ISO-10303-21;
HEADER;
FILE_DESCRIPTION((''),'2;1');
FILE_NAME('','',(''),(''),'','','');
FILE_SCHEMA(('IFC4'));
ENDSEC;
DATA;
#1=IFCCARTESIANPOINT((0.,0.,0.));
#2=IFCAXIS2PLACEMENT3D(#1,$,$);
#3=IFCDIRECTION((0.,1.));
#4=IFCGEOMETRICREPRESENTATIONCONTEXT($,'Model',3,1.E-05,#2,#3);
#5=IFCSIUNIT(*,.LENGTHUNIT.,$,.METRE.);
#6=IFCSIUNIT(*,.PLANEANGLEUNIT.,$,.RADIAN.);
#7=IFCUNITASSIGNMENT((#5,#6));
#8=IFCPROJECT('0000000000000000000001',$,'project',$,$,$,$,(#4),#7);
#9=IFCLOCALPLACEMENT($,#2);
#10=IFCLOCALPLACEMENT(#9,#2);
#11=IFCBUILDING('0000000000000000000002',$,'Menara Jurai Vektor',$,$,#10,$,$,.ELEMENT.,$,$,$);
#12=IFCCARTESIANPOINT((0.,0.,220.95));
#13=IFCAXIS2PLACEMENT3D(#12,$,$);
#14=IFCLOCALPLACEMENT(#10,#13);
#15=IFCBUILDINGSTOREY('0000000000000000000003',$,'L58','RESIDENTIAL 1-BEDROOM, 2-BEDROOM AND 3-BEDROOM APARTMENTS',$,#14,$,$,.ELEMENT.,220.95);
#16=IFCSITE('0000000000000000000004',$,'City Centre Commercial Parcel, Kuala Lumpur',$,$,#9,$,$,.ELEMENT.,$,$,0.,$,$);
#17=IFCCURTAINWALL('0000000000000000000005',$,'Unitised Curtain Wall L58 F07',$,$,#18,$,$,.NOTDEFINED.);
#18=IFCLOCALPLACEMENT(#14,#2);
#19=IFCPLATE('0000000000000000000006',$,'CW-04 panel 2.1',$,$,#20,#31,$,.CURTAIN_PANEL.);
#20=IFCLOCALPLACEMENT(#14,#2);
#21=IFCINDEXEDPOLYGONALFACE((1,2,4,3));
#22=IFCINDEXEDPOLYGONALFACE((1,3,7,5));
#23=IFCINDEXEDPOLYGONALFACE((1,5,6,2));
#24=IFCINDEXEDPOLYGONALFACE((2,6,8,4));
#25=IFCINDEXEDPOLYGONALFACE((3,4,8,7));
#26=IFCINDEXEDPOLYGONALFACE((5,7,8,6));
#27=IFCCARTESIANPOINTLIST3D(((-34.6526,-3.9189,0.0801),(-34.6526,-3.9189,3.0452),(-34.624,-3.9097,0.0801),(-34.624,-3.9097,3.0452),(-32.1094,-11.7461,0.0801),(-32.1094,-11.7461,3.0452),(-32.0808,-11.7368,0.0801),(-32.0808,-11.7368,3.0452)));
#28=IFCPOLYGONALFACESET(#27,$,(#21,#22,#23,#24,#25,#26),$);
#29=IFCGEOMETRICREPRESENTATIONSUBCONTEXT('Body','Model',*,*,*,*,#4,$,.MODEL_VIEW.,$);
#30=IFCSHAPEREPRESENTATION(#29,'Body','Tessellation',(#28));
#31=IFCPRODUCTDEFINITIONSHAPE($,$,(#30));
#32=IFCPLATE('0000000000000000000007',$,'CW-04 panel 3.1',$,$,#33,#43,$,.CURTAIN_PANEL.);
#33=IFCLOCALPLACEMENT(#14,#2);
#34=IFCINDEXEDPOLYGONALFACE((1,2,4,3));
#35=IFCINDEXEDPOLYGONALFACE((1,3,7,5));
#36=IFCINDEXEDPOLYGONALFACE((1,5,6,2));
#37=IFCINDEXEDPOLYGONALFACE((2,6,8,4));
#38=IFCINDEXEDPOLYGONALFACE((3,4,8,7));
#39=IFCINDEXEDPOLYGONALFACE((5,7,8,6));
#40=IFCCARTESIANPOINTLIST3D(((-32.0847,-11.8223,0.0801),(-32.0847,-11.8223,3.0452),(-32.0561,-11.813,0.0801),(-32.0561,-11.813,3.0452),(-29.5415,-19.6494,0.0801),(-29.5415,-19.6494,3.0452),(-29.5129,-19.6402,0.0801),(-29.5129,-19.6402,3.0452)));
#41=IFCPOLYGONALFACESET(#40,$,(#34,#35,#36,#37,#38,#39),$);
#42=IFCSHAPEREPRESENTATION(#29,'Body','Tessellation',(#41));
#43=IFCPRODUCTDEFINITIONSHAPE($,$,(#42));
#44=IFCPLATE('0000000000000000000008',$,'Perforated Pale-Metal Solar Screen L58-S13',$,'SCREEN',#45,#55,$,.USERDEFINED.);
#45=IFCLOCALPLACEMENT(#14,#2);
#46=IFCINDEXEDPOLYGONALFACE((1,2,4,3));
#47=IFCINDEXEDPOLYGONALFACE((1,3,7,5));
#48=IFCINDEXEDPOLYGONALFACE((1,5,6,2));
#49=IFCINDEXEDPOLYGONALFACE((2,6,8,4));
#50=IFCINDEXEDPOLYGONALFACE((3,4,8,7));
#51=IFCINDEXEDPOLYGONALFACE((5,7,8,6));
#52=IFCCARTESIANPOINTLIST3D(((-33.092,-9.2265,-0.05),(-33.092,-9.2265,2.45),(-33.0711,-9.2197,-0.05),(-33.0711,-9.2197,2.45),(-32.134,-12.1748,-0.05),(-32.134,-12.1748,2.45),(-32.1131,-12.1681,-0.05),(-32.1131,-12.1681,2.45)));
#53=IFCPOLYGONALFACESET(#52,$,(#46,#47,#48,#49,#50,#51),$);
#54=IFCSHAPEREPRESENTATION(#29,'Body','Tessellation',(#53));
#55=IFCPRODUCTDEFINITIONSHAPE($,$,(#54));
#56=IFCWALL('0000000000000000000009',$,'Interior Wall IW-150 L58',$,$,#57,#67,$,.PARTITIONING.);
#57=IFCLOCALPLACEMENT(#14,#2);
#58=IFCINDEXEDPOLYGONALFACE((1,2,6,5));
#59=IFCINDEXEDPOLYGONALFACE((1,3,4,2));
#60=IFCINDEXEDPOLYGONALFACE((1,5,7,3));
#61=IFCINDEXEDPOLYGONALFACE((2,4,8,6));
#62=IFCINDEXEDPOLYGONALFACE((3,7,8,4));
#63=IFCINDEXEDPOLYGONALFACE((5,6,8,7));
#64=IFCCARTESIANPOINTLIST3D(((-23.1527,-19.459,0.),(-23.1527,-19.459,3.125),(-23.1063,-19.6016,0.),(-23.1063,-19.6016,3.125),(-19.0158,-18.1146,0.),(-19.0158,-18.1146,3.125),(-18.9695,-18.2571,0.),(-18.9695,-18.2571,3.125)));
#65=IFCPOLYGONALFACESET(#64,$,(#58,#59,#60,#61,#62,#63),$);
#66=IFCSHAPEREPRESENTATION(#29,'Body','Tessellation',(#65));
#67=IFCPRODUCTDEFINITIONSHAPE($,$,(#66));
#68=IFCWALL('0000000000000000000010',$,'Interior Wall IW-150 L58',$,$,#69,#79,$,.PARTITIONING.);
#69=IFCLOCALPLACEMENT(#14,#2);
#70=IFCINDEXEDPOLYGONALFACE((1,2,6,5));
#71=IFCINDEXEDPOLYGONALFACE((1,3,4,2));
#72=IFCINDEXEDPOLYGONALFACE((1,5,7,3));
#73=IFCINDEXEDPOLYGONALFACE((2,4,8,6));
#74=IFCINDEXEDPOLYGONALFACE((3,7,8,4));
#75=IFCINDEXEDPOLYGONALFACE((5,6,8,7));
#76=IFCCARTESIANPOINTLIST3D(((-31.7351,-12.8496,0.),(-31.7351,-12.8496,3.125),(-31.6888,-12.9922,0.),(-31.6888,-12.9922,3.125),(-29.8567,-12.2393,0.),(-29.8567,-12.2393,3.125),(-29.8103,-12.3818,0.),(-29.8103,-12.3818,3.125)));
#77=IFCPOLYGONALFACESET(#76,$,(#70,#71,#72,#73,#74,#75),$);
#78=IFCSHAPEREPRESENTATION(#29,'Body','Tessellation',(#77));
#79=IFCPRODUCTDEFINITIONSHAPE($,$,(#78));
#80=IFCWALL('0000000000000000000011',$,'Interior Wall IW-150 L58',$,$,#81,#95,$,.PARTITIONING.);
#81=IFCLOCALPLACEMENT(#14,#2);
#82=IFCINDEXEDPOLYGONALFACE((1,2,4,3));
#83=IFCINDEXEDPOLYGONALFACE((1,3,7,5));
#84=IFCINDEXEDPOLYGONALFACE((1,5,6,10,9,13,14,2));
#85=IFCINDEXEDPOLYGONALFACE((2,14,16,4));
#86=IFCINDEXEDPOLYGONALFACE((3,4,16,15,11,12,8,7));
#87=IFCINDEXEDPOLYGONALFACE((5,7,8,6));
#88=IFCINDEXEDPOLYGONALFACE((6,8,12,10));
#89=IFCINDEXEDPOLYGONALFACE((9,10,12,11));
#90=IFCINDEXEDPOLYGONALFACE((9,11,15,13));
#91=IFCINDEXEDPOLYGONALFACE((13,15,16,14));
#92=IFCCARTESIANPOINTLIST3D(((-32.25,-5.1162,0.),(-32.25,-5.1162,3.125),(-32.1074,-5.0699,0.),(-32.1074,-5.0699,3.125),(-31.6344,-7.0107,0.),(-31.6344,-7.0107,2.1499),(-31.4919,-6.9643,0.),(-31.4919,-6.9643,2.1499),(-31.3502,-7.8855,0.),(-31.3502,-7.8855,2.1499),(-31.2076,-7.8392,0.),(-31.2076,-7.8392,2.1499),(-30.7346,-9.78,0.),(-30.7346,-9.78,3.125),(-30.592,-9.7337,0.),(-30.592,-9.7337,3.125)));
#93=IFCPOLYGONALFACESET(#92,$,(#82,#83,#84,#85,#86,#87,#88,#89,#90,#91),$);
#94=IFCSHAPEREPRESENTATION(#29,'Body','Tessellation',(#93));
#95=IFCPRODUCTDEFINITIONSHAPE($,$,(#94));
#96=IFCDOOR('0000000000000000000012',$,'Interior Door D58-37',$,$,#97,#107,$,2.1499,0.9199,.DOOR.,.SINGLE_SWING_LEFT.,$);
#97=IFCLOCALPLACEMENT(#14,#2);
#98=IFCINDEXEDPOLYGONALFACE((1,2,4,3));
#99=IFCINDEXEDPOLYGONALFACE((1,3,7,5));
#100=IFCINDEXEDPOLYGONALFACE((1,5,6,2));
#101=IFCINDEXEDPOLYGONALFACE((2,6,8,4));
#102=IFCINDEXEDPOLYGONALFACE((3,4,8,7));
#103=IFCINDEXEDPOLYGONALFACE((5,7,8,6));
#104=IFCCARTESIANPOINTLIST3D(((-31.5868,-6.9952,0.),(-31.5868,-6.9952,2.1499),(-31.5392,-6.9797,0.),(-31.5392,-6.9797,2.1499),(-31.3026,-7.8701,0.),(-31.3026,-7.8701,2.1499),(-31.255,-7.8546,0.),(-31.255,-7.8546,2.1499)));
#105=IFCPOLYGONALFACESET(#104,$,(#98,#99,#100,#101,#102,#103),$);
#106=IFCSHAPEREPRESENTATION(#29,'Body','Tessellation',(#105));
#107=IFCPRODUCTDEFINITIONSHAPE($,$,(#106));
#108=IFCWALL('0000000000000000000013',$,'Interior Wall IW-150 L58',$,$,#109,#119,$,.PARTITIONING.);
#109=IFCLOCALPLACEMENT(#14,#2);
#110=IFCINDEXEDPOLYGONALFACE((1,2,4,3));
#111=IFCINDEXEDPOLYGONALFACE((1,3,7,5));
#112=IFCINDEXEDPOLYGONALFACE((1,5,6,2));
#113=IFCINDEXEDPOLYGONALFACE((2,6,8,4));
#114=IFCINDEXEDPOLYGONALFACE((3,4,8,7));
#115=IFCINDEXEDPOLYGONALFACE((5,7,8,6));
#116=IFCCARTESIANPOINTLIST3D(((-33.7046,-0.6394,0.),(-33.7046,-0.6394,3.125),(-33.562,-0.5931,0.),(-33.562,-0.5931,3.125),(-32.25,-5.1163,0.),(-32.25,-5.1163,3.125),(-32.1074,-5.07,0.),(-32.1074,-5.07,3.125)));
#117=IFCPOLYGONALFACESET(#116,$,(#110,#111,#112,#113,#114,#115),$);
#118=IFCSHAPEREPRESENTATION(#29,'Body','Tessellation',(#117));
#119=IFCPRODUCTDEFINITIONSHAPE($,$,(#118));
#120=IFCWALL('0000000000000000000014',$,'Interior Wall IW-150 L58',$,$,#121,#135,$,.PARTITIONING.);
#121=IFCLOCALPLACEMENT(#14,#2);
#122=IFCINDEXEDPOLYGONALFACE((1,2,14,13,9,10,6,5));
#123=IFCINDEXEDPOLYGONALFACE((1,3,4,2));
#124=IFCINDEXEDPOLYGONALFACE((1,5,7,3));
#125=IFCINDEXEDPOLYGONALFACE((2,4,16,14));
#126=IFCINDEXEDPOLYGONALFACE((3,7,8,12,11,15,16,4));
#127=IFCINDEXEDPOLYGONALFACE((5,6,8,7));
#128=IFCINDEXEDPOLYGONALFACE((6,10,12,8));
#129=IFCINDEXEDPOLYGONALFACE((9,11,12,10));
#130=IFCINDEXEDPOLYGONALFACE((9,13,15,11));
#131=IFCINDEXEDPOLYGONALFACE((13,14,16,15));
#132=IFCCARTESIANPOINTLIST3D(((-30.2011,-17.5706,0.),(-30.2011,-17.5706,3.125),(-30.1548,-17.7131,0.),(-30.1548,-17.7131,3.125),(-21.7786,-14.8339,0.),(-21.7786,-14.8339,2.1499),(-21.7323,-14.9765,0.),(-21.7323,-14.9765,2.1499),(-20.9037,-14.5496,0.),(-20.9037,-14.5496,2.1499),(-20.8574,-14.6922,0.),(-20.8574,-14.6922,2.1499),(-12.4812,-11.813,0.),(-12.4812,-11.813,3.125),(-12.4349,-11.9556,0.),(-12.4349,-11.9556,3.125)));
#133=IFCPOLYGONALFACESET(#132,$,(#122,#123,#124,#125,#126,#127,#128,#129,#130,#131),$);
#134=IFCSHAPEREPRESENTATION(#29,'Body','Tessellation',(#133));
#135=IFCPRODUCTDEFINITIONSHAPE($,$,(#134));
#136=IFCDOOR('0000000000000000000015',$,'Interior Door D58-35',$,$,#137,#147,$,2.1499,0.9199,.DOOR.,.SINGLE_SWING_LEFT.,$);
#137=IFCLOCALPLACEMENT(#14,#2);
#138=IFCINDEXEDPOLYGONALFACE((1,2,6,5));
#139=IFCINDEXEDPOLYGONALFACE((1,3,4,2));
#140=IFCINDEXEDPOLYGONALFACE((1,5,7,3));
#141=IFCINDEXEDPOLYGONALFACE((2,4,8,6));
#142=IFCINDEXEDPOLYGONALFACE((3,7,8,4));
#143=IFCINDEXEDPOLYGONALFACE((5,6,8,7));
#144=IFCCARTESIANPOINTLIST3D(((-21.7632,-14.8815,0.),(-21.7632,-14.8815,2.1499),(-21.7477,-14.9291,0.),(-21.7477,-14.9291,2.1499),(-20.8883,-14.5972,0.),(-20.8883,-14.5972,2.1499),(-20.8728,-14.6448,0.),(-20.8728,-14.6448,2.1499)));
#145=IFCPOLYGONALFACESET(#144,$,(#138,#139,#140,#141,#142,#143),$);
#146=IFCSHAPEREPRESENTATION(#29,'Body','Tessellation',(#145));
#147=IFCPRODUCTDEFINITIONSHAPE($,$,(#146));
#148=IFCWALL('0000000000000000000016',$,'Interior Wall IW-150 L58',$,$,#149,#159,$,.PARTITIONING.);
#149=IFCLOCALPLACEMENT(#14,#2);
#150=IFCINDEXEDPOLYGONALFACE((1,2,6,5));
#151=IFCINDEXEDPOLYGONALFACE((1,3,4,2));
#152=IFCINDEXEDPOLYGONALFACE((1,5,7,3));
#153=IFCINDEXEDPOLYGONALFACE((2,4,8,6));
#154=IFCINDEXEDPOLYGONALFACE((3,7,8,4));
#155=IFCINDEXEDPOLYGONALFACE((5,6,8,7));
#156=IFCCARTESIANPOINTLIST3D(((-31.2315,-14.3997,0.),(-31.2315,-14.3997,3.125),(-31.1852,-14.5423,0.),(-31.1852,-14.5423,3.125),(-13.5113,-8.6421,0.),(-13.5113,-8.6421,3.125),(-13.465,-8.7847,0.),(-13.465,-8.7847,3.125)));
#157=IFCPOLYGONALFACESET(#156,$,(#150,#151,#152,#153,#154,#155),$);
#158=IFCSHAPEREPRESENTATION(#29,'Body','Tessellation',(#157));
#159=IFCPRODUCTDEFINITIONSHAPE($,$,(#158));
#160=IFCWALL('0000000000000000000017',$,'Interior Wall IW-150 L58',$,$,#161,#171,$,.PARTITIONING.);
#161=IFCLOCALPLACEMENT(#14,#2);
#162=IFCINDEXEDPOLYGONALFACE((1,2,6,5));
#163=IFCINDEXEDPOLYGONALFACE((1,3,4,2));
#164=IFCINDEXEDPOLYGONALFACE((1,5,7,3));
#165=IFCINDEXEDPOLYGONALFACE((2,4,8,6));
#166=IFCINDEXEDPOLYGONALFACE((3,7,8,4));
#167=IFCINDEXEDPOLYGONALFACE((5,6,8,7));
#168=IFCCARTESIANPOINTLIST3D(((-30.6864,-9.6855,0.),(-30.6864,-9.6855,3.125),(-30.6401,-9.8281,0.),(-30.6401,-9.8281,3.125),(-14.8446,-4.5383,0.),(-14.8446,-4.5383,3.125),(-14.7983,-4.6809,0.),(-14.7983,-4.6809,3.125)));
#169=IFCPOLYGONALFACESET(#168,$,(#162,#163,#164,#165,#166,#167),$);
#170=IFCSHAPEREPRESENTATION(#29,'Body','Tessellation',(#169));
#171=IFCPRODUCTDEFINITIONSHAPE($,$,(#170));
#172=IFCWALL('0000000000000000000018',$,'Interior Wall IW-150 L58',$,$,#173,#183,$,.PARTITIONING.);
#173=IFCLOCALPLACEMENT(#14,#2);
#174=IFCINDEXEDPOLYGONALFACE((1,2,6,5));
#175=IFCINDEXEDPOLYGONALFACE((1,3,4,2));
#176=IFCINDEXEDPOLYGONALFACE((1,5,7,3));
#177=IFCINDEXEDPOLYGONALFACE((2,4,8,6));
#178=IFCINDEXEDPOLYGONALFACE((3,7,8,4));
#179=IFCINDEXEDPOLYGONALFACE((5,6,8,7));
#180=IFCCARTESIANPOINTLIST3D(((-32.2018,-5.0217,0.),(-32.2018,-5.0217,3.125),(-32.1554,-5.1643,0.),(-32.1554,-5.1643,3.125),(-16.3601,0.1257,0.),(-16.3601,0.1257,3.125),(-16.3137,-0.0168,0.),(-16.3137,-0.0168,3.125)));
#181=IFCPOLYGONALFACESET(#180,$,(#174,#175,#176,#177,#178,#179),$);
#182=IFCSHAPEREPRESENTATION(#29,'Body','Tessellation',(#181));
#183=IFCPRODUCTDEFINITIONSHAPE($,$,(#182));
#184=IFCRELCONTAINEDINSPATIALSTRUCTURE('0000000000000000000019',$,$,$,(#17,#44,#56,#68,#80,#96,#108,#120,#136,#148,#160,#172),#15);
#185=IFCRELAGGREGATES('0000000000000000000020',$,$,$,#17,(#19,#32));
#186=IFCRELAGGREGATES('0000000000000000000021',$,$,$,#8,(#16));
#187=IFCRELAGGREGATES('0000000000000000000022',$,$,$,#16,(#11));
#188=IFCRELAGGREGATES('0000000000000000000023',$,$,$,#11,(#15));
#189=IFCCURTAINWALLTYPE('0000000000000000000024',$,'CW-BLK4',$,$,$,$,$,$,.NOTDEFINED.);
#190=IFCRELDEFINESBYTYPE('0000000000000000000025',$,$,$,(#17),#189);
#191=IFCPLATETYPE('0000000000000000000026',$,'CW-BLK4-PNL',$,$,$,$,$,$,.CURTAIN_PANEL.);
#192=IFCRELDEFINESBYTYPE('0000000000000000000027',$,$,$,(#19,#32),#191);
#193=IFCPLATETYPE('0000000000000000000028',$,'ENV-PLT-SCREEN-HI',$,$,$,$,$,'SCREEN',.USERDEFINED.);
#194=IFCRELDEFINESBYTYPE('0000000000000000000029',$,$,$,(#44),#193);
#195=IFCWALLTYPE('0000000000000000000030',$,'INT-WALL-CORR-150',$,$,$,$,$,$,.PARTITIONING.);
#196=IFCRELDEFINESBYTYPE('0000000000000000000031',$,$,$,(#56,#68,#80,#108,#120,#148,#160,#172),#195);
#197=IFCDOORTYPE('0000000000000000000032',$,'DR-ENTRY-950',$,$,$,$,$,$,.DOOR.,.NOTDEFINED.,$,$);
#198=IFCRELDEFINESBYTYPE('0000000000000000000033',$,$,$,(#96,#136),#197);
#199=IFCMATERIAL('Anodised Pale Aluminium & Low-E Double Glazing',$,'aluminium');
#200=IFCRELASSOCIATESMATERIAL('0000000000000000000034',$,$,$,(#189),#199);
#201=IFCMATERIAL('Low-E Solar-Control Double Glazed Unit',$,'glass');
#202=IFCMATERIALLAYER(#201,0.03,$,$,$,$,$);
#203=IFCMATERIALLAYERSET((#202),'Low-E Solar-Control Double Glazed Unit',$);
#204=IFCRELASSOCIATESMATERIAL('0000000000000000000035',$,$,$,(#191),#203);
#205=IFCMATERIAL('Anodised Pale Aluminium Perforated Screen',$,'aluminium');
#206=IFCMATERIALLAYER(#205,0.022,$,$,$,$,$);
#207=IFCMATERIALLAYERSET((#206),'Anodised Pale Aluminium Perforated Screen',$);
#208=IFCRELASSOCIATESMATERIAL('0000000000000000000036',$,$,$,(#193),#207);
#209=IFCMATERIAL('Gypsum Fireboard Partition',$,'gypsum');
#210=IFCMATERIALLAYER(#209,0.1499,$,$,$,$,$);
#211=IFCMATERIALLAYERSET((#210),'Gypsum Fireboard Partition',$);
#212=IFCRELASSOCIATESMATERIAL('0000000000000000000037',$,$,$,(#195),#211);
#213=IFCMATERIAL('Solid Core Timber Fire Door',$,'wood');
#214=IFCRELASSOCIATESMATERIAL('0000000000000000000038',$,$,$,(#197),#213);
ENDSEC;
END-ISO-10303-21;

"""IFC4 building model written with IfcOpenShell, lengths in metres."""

from ifc_helpers import new_model, si_unit, direction, frame, frame_2d, origin, origin_2d, place, context, subcontext, project, spatial, rectangle, extrude, material, layer, layer_set, type_object, element, fill, aggregate, save


model = new_model("IFC4")

# Units and contexts
model_context = context("Model", 3, precision=1e-05, world=origin(), true_north=direction((0.0, 1.0)))
body_context = subcontext(model_context, "Body", "Model", "MODEL_VIEW")
ifc_project = project(units=[si_unit("LENGTHUNIT", "METRE"), si_unit("PLANEANGLEUNIT", "RADIAN")], contexts=[model_context])

# Site, building, storey
site_placement = place(None, origin())
site = spatial("IfcSite", under=ifc_project, at=site_placement, Name="City Centre Commercial Parcel, Kuala Lumpur", CompositionType="ELEMENT", RefElevation=0.0)
building_placement = place(site_placement, origin())
building = spatial("IfcBuilding", under=site, at=building_placement, Name="Menara Jurai Vektor", CompositionType="ELEMENT")
storey_placement = place(building_placement, frame((0.0, 0.0, 220.95)))
storey = spatial("IfcBuildingStorey", under=building, at=storey_placement, Name="L58", Description="RESIDENTIAL 1-BEDROOM, 2-BEDROOM AND 3-BEDROOM APARTMENTS", CompositionType="ELEMENT", Elevation=220.95)

# Curtain wall
ifc_material_1 = material(Name="Anodised Pale Aluminium & Low-E Double Glazing", Category="aluminium")
curtain_wall_type = type_object("IfcCurtainWallType", Name="CW-BLK4", PredefinedType="NOTDEFINED", material=ifc_material_1)
curtain_wall_placement = place(storey_placement, origin())
curtain_wall = element("IfcCurtainWall", 1, at=curtain_wall_placement, inside=storey, type_object=curtain_wall_type, Name="Unitised Curtain Wall L58 F07", PredefinedType="NOTDEFINED")

# Plates
ifc_material_2 = material(Name="Low-E Solar-Control Double Glazed Unit", Category="glass")
ifc_layer_1 = layer(ifc_material_2, 0.03)
ifc_layer_set_1 = layer_set([ifc_layer_1], Name="Low-E Solar-Control Double Glazed Unit")
plate_type_1 = type_object("IfcPlateType", Name="CW-BLK4-PNL", PredefinedType="CURTAIN_PANEL", material=ifc_layer_set_1)
plate_1_placement = place(storey_placement, frame((-33.3667, -7.8279, 0.0801), z_axis=(0.0, 0.0, 1.0), x_axis=(0.309016, -0.951057, 0.0)))
plate_1 = element("IfcPlate", 2, at=plate_1_placement, type_object=plate_type_1, Name="CW-04 panel 2.1", PredefinedType="CURTAIN_PANEL", context=body_context, shape_type="SweptSolid", body=[
    extrude(rectangle(XDim=8.23, YDim=0.03, at=origin_2d()), origin(), (0.0, 0.0, 1.0), 2.9651),
])
plate_2_placement = place(storey_placement, frame((-30.7988, -15.7312, 0.0801), z_axis=(0.0, 0.0, 1.0), x_axis=(0.309016, -0.951057, 0.0)))
plate_2 = element("IfcPlate", 3, at=plate_2_placement, type_object=plate_type_1, Name="CW-04 panel 3.1", PredefinedType="CURTAIN_PANEL", context=body_context, shape_type="SweptSolid", body=[
    extrude(rectangle(XDim=8.23, YDim=0.03, at=origin_2d()), origin(), (0.0, 0.0, 1.0), 2.9651),
])
aggregate(curtain_wall, [plate_1, plate_2])
ifc_material_3 = material(Name="Anodised Pale Aluminium Perforated Screen", Category="aluminium")
ifc_layer_2 = layer(ifc_material_3, 0.022)
ifc_layer_set_2 = layer_set([ifc_layer_2], Name="Anodised Pale Aluminium Perforated Screen")
plate_type_2 = type_object("IfcPlateType", Name="ENV-PLT-SCREEN-HI", ElementType="SCREEN", PredefinedType="USERDEFINED", material=ifc_layer_set_2)
plate_3_placement = place(storey_placement, frame((-32.6025, -10.6973, -0.05), z_axis=(0.0, 0.0, 1.0), x_axis=(0.309017, -0.951057, 0.0)))
element("IfcPlate", 4, at=plate_3_placement, inside=storey, type_object=plate_type_2, Name="Perforated Pale-Metal Solar Screen L58-S13", ObjectType="SCREEN", PredefinedType="USERDEFINED", context=body_context, shape_type="SweptSolid", body=[
    extrude(rectangle(XDim=3.1001, YDim=0.022, at=origin_2d()), origin(), (0.0, 0.0, 1.0), 2.5),
])

# Shared definitions
ifc_material_4 = material(Name="Gypsum Fireboard Partition", Category="gypsum")
ifc_layer_3 = layer(ifc_material_4, 0.1499)
ifc_layer_set_3 = layer_set([ifc_layer_3], Name="Gypsum Fireboard Partition")
wall_type = type_object("IfcWallType", Name="INT-WALL-CORR-150", PredefinedType="PARTITIONING", material=ifc_layer_set_3)
ifc_material_5 = material(Name="Solid Core Timber Fire Door", Category="wood")
door_type = type_object("IfcDoorType", Name="DR-ENTRY-950", OperationType="NOTDEFINED", PredefinedType="DOOR", material=ifc_material_5)

# Walls
wall_1_placement = place(storey_placement, frame((-23.1294, -19.5303, 0.0), z_axis=(0.0, 0.0, 1.0), x_axis=(0.951036, 0.30908, 0.0)))
element("IfcWall", 5, at=wall_1_placement, inside=storey, type_object=wall_type, Name="Interior Wall IW-150 L58", PredefinedType="PARTITIONING", context=body_context, shape_type="SweptSolid", body=[
    extrude(rectangle(XDim=4.3499, YDim=0.1499, at=frame_2d((2.1748, 0.0))), origin(), (0.0, 0.0, 1.0), 3.125),
])
wall_2_placement = place(storey_placement, frame((-31.7119, -12.9209, 0.0), z_axis=(0.0, 0.0, 1.0), x_axis=(0.951054, 0.309025, 0.0)))
element("IfcWall", 6, at=wall_2_placement, inside=storey, type_object=wall_type, Name="Interior Wall IW-150 L58", PredefinedType="PARTITIONING", context=body_context, shape_type="SweptSolid", body=[
    extrude(rectangle(XDim=1.9751, YDim=0.1499, at=frame_2d((0.9875, 0.0))), origin(), (0.0, 0.0, 1.0), 3.125),
])

# Wall, opening, door
wall_3_placement = place(storey_placement, frame((-30.6633, -9.7568, 0.0), z_axis=(0.0, 0.0, 1.0), x_axis=(-0.30902, 0.951056, 0.0)))
wall_3 = element("IfcWall", 7, at=wall_3_placement, inside=storey, type_object=wall_type, Name="Interior Wall IW-150 L58", PredefinedType="PARTITIONING", context=body_context, shape_type="SweptSolid", body=[
    extrude(rectangle(XDim=4.9038, YDim=0.1499, at=frame_2d((2.4519, 0.0))), origin(), (0.0, 0.0, 1.0), 3.125),
])
opening_1_placement = place(wall_3_placement, frame((1.9919, 0.0, 0.0)))
opening_1 = element("IfcOpeningElement", 8, at=opening_1_placement, cuts=wall_3, PredefinedType="OPENING", context=body_context, shape_type="SweptSolid", body=[
    extrude(rectangle(XDim=0.9199, YDim=2.1499, at=frame_2d((0.46, 1.075))), frame((0.0, 0.085, 0.0), z_axis=(0.0, -1.0, 0.0), x_axis=(1.0, 0.0, 0.0)), (0.0, 0.0, 1.0), 0.1699),
])
door_1_placement = place(opening_1_placement, origin())
door_1 = element("IfcDoor", 9, at=door_1_placement, inside=storey, type_object=door_type, Name="Interior Door D58-37", OperationType="SINGLE_SWING_LEFT", OverallHeight=2.1499, OverallWidth=0.9199, PredefinedType="DOOR", context=body_context, shape_type="SweptSolid", body=[
    extrude(rectangle(XDim=0.9199, YDim=2.1499, at=frame_2d((0.46, 1.075))), frame((0.0, 0.0249, 0.0), z_axis=(0.0, -1.0, 0.0), x_axis=(1.0, 0.0, 0.0)), (0.0, 0.0, 1.0), 0.05),
])
fill(opening_1, door_1)

# Wall
wall_4_placement = place(storey_placement, frame((-32.1787, -5.093, 0.0), z_axis=(0.0, 0.0, 1.0), x_axis=(-0.309015, 0.951057, 0.0)))
element("IfcWall", 10, at=wall_4_placement, inside=storey, type_object=wall_type, Name="Interior Wall IW-150 L58", PredefinedType="PARTITIONING", context=body_context, shape_type="SweptSolid", body=[
    extrude(rectangle(XDim=4.7073, YDim=0.1499, at=frame_2d((2.3535, 0.0))), origin(), (0.0, 0.0, 1.0), 3.125),
])

# Wall, opening, door
wall_5_placement = place(storey_placement, frame((-30.178, -17.6418, 0.0), z_axis=(0.0, 0.0, 1.0), x_axis=(0.951057, 0.309017, 0.0)))
wall_5 = element("IfcWall", 11, at=wall_5_placement, inside=storey, type_object=wall_type, Name="Interior Wall IW-150 L58", PredefinedType="PARTITIONING", context=body_context, shape_type="SweptSolid", body=[
    extrude(rectangle(XDim=18.6318, YDim=0.1499, at=frame_2d((9.3159, 0.0))), origin(), (0.0, 0.0, 1.0), 3.125),
])
opening_2_placement = place(wall_5_placement, frame((8.856, 0.0, 0.0)))
opening_2 = element("IfcOpeningElement", 12, at=opening_2_placement, cuts=wall_5, PredefinedType="OPENING", context=body_context, shape_type="SweptSolid", body=[
    extrude(rectangle(XDim=0.9199, YDim=2.1499, at=frame_2d((0.46, 1.075))), frame((0.0, 0.085, 0.0), z_axis=(0.0, -1.0, 0.0), x_axis=(1.0, 0.0, 0.0)), (0.0, 0.0, 1.0), 0.1699),
])
door_2_placement = place(opening_2_placement, origin())
door_2 = element("IfcDoor", 13, at=door_2_placement, inside=storey, type_object=door_type, Name="Interior Door D58-35", OperationType="SINGLE_SWING_LEFT", OverallHeight=2.1499, OverallWidth=0.9199, PredefinedType="DOOR", context=body_context, shape_type="SweptSolid", body=[
    extrude(rectangle(XDim=0.9199, YDim=2.1499, at=frame_2d((0.46, 1.075))), frame((0.0, 0.0249, 0.0), z_axis=(0.0, -1.0, 0.0), x_axis=(1.0, 0.0, 0.0)), (0.0, 0.0, 1.0), 0.05),
])
fill(opening_2, door_2)

# Walls
wall_6_placement = place(storey_placement, frame((-31.2083, -14.4709, 0.0), z_axis=(0.0, 0.0, 1.0), x_axis=(0.951058, 0.309013, 0.0)))
element("IfcWall", 14, at=wall_6_placement, inside=storey, type_object=wall_type, Name="Interior Wall IW-150 L58", PredefinedType="PARTITIONING", context=body_context, shape_type="SweptSolid", body=[
    extrude(rectangle(XDim=18.6321, YDim=0.1499, at=frame_2d((9.3159, 0.0))), origin(), (0.0, 0.0, 1.0), 3.125),
])
for number, where, z_axis, x_axis, name in (
    (15, (-30.6633, -9.7568, 0.0), (0.0, 0.0, 1.0), (0.951058, 0.309012, 0.0), "Interior Wall IW-150 L58"),
    (16, (-32.1787, -5.093, 0.0), (0.0, 0.0, 1.0), (0.951054, 0.309025, 0.0), "Interior Wall IW-150 L58"),
):
    element("IfcWall", number, at=place(storey_placement, frame(where, z_axis=z_axis, x_axis=x_axis)), inside=storey, type_object=wall_type, Name=name, PredefinedType="PARTITIONING", context=body_context, shape_type="SweptSolid", body=[
        extrude(rectangle(XDim=16.657, YDim=0.1499, at=frame_2d((8.3286, 0.0))), origin(), (0.0, 0.0, 1.0), 3.125),
    ])

save(model, "model.ifc")
